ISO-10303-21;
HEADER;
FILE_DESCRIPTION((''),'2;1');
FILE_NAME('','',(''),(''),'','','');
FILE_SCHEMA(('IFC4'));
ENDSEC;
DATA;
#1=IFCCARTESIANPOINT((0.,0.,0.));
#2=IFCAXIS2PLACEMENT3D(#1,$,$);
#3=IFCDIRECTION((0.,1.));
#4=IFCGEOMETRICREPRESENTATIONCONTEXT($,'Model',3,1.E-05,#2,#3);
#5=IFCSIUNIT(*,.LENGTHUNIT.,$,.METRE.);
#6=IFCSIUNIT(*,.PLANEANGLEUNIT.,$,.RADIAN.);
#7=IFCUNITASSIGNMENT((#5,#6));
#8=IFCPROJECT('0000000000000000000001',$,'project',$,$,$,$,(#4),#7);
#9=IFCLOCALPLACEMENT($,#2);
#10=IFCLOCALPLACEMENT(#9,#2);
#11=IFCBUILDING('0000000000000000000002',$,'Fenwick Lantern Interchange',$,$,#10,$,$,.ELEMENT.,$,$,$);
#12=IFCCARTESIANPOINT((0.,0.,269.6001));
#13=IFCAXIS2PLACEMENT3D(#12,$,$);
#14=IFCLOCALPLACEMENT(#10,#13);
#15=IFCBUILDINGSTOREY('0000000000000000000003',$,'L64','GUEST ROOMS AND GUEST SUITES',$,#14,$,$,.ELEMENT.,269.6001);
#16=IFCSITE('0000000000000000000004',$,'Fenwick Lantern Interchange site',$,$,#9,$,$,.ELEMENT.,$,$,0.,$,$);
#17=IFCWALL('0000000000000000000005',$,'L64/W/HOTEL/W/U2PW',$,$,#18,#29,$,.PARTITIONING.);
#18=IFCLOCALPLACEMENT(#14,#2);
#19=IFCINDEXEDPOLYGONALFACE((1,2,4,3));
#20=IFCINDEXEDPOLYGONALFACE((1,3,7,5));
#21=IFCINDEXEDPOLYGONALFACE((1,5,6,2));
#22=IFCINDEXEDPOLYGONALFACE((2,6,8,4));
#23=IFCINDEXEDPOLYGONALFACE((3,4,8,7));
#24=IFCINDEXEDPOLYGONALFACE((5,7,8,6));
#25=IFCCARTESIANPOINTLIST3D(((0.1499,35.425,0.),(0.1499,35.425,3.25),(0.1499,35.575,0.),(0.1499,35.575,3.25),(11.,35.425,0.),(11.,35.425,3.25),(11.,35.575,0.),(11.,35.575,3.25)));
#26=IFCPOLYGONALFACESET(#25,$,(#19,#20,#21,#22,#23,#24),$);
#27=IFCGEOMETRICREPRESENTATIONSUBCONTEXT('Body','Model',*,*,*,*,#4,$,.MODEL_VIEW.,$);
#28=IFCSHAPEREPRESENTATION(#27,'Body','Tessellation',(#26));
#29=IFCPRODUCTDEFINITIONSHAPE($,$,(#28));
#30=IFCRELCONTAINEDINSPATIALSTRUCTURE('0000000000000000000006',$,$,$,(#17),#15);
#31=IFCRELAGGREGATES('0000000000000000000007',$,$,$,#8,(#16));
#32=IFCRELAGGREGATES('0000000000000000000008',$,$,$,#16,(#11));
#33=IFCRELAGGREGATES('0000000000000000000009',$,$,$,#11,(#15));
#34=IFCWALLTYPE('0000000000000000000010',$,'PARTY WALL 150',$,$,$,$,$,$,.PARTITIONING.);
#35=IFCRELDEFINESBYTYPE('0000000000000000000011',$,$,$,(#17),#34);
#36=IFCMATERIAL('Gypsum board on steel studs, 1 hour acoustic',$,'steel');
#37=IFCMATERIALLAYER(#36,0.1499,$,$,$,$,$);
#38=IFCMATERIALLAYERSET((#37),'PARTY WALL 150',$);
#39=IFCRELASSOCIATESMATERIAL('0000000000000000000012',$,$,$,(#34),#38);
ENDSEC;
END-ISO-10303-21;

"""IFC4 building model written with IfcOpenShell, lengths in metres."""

from ifc_helpers import new_model, si_unit, direction, frame, frame_2d, origin, place, context, subcontext, project, spatial, rectangle, extrude, material, layer, layer_set, type_object, element, save


model = new_model("IFC4")

# Units and contexts
model_context = context("Model", 3, precision=1e-05, world=origin(), true_north=direction((0.0, 1.0)))
body_context = subcontext(model_context, "Body", "Model", "MODEL_VIEW")
ifc_project = project(units=[si_unit("LENGTHUNIT", "METRE"), si_unit("PLANEANGLEUNIT", "RADIAN")], contexts=[model_context])

# Site, building, storey
site_placement = place(None, origin())
site = spatial("IfcSite", under=ifc_project, at=site_placement, Name="Fenwick Lantern Interchange site", CompositionType="ELEMENT", RefElevation=0.0)
building_placement = place(site_placement, origin())
building = spatial("IfcBuilding", under=site, at=building_placement, Name="Fenwick Lantern Interchange", CompositionType="ELEMENT")
storey_placement = place(building_placement, frame((0.0, 0.0, 269.6001)))
storey = spatial("IfcBuildingStorey", under=building, at=storey_placement, Name="L64", Description="GUEST ROOMS AND GUEST SUITES", CompositionType="ELEMENT", Elevation=269.6001)

# Wall
ifc_material_1 = material(Name="Gypsum board on steel studs, 1 hour acoustic", Category="steel")
ifc_layer_1 = layer(ifc_material_1, 0.1499)
ifc_layer_set_1 = layer_set([ifc_layer_1], Name="PARTY WALL 150")
wall_type_1 = type_object("IfcWallType", Name="PARTY WALL 150", PredefinedType="PARTITIONING", material=ifc_layer_set_1)
wall_1_placement = place(storey_placement, frame((0.1499, 35.5, 0.0), z_axis=(0.0, 0.0, 1.0), x_axis=(1.0, 0.0, 0.0)))
element("IfcWall", 1, at=wall_1_placement, inside=storey, type_object=wall_type_1, Name="L64/W/HOTEL/W/U2PW", PredefinedType="PARTITIONING", context=body_context, shape_type="SweptSolid", body=[
    extrude(rectangle(XDim=10.8501, YDim=0.1499, at=frame_2d((5.425, 0.0))), origin(), (0.0, 0.0, 1.0), 3.25),
])

save(model, "model.ifc")
